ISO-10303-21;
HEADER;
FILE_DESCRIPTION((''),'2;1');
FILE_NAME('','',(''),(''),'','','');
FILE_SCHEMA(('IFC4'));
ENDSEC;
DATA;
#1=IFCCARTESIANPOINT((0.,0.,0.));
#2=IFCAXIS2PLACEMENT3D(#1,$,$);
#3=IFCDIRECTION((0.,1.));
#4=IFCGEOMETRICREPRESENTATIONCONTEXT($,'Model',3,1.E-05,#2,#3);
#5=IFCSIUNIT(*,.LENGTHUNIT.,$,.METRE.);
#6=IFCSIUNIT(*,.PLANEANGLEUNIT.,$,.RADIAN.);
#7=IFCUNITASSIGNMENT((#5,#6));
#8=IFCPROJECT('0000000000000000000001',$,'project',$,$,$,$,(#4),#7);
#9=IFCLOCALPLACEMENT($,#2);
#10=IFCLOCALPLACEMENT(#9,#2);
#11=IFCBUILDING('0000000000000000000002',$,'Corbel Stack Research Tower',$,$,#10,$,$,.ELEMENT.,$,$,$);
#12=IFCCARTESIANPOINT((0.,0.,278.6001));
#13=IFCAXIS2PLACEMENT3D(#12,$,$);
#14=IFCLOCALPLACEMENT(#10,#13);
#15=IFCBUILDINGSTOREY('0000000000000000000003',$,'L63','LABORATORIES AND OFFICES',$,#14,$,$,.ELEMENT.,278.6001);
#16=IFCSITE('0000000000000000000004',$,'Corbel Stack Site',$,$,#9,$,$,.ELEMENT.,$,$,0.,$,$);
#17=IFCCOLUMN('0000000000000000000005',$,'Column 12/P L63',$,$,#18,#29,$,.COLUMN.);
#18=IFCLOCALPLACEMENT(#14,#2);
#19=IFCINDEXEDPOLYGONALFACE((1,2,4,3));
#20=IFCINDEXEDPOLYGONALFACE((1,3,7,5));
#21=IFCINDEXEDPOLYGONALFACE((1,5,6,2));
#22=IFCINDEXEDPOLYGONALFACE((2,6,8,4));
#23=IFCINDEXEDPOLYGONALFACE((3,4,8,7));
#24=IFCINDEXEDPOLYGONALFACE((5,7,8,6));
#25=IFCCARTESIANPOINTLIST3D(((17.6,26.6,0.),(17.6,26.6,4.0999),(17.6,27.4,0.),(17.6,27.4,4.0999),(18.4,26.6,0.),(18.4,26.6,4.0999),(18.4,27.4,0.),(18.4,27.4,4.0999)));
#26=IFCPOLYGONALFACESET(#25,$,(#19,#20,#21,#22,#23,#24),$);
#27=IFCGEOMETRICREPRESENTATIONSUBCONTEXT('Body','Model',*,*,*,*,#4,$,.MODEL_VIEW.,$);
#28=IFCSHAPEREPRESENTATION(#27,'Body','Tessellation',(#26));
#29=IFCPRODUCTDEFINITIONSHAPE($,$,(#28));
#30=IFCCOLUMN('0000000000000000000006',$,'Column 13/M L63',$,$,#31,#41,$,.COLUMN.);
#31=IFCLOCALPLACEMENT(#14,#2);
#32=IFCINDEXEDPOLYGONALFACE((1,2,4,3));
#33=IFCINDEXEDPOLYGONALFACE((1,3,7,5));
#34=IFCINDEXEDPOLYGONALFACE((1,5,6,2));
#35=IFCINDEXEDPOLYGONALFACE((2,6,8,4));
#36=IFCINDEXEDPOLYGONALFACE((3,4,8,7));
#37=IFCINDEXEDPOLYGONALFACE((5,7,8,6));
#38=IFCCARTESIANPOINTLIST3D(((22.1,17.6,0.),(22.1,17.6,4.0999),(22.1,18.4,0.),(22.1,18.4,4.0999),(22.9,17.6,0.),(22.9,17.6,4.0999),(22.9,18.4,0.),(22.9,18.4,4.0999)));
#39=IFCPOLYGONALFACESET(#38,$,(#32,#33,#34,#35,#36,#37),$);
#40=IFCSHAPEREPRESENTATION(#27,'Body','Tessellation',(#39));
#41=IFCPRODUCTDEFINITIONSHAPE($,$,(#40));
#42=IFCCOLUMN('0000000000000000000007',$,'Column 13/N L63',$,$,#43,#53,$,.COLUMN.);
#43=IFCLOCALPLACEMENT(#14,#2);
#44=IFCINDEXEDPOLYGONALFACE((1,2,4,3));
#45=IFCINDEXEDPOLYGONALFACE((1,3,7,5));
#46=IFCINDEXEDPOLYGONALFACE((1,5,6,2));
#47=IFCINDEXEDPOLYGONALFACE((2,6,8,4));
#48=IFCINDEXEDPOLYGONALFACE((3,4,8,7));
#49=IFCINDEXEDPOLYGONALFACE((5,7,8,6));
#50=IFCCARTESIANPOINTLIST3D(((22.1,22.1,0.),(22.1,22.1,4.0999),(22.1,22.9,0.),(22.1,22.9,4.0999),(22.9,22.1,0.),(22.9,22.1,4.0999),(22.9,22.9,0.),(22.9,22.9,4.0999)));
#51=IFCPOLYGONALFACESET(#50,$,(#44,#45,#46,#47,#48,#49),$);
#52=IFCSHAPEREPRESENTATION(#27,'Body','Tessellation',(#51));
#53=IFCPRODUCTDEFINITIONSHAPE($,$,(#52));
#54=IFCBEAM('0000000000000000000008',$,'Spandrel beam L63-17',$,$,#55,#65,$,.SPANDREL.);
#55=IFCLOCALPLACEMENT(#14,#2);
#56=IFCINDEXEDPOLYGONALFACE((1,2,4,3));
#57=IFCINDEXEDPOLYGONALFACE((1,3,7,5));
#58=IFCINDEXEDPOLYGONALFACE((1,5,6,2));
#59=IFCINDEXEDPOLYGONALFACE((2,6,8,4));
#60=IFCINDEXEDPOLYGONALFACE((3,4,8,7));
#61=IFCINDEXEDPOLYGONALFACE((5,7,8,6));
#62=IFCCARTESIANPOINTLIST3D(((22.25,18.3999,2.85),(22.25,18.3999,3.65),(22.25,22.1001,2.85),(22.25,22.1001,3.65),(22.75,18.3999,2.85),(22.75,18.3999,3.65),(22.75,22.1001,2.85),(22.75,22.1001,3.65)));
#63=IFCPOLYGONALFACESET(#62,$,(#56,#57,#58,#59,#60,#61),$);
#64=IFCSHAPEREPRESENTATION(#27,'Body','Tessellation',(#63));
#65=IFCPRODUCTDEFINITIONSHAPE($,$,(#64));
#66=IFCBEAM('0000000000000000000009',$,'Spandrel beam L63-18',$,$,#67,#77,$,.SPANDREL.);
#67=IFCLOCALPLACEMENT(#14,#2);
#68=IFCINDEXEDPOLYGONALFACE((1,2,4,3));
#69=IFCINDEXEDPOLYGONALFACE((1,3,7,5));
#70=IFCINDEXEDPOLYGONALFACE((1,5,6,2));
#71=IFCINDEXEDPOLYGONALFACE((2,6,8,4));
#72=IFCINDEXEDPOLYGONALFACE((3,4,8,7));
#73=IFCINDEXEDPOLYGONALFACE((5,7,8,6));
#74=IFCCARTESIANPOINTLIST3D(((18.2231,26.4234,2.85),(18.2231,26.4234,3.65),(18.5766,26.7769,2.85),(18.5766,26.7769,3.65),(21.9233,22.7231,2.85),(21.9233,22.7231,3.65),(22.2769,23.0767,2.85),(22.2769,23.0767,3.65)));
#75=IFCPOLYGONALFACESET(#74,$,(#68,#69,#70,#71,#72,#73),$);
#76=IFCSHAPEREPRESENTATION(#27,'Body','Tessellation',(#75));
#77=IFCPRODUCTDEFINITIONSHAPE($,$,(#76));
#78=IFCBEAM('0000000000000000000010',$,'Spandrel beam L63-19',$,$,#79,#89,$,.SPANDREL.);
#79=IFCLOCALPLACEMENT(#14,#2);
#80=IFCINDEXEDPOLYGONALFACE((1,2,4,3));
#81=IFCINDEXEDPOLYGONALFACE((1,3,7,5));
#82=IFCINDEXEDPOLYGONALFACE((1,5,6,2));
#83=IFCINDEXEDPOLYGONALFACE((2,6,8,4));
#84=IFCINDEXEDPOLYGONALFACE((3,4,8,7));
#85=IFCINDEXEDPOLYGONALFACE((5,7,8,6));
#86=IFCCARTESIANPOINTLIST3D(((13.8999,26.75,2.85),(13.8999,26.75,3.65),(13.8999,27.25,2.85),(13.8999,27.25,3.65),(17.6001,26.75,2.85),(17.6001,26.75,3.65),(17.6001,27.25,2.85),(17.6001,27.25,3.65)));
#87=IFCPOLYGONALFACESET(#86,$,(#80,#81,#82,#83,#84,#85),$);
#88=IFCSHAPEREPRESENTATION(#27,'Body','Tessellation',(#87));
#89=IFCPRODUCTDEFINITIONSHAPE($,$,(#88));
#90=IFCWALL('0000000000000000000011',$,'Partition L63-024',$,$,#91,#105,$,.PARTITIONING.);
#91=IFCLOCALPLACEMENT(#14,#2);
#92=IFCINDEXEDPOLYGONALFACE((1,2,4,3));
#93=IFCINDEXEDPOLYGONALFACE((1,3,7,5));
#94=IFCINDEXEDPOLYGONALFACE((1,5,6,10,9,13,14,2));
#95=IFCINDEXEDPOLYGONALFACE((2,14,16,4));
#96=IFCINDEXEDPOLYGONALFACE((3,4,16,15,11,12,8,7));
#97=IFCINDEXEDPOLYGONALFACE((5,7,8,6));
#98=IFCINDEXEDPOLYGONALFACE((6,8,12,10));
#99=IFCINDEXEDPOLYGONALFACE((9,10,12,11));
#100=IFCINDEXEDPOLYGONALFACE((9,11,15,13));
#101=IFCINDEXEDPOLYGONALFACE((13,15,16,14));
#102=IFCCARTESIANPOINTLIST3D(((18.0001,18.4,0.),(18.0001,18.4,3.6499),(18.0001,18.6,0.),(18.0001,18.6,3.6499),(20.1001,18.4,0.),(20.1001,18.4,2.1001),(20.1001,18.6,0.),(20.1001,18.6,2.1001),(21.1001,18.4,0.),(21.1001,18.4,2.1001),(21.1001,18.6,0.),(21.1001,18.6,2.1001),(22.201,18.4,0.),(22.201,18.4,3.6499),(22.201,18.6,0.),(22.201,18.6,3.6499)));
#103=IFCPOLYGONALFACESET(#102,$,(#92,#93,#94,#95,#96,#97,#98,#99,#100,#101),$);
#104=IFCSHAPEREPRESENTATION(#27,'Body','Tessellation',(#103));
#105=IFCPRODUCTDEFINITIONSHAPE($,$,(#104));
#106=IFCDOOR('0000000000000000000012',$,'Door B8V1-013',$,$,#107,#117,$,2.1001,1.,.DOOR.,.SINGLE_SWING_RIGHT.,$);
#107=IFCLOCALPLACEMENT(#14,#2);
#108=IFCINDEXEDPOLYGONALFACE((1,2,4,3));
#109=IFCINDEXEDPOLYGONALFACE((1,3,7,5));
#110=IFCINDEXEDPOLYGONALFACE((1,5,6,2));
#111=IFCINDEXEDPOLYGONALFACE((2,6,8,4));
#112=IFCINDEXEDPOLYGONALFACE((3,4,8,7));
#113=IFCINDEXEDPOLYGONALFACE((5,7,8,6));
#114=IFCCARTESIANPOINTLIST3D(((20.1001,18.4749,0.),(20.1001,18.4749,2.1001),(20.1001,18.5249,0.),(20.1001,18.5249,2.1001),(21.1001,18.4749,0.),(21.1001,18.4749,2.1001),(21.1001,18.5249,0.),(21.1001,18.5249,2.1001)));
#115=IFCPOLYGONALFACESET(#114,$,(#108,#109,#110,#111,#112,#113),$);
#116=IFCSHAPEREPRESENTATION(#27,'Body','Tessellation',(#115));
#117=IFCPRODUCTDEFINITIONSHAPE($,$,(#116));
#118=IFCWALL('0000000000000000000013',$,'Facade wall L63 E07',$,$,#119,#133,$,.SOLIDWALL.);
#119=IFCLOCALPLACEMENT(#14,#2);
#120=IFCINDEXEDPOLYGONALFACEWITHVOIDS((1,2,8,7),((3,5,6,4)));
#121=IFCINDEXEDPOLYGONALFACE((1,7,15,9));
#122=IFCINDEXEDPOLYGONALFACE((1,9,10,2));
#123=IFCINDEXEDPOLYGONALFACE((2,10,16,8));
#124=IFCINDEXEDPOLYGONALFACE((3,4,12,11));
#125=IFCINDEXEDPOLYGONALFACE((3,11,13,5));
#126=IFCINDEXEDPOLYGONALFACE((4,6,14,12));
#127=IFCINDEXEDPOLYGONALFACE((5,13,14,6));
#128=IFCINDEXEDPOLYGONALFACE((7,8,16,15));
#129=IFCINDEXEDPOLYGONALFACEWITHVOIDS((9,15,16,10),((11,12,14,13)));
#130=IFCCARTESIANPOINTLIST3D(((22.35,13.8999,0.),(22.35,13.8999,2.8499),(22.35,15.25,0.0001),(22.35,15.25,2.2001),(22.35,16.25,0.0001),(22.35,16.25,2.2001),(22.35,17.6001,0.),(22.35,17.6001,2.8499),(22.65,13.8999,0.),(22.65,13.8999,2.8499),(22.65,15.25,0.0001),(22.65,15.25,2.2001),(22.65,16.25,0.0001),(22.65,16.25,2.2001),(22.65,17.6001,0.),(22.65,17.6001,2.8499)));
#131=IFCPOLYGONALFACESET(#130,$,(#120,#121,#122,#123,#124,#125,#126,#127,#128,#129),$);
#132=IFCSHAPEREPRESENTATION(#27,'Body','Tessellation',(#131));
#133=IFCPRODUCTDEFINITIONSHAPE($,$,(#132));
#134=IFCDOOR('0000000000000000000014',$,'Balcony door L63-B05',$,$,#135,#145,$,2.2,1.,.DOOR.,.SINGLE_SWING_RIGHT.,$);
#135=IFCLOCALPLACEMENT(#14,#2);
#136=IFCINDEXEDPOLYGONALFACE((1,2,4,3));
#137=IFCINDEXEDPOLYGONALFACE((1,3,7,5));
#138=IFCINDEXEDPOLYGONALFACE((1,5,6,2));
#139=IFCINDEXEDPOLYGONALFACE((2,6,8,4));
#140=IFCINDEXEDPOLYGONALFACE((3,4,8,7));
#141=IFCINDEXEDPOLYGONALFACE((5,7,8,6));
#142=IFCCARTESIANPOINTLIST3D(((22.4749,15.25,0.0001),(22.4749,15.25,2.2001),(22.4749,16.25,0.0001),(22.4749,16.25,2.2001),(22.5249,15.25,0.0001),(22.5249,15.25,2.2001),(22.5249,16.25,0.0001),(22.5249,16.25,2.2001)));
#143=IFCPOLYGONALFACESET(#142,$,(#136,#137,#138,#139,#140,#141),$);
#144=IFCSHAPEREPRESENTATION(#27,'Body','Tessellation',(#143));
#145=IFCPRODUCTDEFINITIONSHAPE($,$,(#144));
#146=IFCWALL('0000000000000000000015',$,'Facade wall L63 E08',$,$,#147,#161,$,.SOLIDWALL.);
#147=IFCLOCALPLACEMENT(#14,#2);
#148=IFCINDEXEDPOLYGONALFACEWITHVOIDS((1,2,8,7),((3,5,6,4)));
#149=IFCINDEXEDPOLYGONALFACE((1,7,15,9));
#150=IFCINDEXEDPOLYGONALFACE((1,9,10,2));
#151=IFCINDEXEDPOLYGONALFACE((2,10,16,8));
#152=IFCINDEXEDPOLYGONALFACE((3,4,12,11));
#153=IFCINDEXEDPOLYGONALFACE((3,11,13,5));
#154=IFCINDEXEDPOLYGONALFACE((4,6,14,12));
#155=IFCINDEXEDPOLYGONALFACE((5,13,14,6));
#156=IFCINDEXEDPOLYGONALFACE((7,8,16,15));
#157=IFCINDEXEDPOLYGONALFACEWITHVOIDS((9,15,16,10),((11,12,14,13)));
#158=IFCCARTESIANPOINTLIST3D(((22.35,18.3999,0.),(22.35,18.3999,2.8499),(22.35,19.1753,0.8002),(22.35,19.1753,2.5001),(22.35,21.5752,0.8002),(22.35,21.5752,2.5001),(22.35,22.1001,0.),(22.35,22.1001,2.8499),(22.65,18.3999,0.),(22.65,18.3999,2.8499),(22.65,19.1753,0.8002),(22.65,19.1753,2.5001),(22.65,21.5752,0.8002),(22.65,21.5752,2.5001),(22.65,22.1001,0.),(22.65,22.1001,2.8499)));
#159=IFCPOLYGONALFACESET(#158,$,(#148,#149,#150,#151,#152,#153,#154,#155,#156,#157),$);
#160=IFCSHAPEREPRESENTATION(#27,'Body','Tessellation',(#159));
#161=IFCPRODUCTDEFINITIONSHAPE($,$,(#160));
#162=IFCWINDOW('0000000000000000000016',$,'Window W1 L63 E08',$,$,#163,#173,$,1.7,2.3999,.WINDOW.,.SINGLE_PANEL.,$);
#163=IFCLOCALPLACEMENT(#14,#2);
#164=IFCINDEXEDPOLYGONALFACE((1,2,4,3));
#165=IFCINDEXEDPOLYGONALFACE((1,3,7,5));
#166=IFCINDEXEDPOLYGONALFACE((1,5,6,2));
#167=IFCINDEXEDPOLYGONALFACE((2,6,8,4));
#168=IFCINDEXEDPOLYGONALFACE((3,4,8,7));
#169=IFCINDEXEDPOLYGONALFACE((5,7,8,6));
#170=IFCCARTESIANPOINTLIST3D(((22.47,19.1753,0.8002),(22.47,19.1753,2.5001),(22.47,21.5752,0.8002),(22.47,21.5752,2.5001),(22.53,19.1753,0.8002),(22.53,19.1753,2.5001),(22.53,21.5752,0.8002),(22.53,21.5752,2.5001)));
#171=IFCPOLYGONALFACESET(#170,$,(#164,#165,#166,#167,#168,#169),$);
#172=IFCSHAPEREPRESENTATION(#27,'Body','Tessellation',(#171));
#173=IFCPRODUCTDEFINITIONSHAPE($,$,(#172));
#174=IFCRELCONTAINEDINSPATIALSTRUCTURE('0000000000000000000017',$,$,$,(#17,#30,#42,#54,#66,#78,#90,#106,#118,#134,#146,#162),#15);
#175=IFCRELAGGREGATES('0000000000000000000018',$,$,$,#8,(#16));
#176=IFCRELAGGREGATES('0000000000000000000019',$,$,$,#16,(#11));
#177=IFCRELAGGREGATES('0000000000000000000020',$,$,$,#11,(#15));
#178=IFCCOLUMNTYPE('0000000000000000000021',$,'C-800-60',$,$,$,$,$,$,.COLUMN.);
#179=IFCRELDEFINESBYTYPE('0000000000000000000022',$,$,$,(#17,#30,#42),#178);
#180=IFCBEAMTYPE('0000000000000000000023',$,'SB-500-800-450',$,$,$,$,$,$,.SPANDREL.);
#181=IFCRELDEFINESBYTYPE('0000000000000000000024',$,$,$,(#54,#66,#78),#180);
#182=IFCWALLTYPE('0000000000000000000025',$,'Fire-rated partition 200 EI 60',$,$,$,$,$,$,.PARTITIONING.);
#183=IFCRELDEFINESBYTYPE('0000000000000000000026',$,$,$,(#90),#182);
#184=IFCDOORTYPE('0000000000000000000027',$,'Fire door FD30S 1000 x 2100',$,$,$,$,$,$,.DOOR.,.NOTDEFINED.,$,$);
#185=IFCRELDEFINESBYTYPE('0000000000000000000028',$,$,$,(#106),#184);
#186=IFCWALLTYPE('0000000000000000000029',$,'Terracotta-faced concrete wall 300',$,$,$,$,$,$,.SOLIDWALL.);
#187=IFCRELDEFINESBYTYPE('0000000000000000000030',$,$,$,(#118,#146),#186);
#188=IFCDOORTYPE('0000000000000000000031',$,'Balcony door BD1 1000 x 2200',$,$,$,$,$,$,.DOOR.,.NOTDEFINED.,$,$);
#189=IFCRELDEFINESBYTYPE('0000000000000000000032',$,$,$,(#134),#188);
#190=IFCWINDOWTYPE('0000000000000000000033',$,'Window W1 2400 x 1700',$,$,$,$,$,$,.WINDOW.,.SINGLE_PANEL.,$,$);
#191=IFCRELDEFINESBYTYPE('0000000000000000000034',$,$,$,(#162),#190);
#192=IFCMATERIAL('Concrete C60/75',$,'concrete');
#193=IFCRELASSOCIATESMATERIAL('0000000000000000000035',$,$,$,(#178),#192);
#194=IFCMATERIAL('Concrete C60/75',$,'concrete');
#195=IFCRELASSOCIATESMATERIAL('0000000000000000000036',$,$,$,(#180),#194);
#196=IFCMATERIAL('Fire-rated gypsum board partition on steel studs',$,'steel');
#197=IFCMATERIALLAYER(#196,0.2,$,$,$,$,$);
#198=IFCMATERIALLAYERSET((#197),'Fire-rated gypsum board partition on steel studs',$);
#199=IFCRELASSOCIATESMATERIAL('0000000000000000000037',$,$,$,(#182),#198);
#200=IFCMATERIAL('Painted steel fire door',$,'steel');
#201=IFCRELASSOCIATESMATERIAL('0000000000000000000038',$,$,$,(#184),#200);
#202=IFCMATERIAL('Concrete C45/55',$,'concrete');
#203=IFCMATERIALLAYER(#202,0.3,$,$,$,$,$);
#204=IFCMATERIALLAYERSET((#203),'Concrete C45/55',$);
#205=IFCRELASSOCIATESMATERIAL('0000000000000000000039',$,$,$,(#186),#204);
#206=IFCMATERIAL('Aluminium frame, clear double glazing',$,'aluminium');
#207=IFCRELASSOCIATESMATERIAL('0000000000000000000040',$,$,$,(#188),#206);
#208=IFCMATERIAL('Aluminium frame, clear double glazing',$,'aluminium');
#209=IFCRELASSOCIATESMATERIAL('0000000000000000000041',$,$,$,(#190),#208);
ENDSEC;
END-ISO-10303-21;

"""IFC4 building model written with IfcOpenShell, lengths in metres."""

from ifc_helpers import new_model, si_unit, direction, frame, frame_2d, origin, origin_2d, place, context, subcontext, project, spatial, rectangle, extrude, material, layer, layer_set, material_profile, profile_set, type_object, element, fill, save


model = new_model("IFC4")

# Units and contexts
model_context = context("Model", 3, precision=1e-05, world=origin(), true_north=direction((0.0, 1.0)))
body_context = subcontext(model_context, "Body", "Model", "MODEL_VIEW")
ifc_project = project(units=[si_unit("LENGTHUNIT", "METRE"), si_unit("PLANEANGLEUNIT", "RADIAN")], contexts=[model_context])

# Site, building, storey
site_placement = place(None, origin())
site = spatial("IfcSite", under=ifc_project, at=site_placement, Name="Corbel Stack Site", CompositionType="ELEMENT", RefElevation=0.0)
building_placement = place(site_placement, origin())
building = spatial("IfcBuilding", under=site, at=building_placement, Name="Corbel Stack Research Tower", CompositionType="ELEMENT")
storey_placement = place(building_placement, frame((0.0, 0.0, 278.6001)))
storey = spatial("IfcBuildingStorey", under=building, at=storey_placement, Name="L63", Description="LABORATORIES AND OFFICES", CompositionType="ELEMENT", Elevation=278.6001)

# Columns
ifc_material_1 = material(Name="Concrete C60/75", Category="concrete")
ifc_material_profile_1 = material_profile(ifc_material_1, rectangle(XDim=0.8, YDim=0.8, at=origin_2d()), Name="RC 800 x 800")
ifc_profile_set_1 = profile_set([ifc_material_profile_1], Name="Concrete C60/75")
column_type = type_object("IfcColumnType", Name="C-800-60", PredefinedType="COLUMN", material=ifc_profile_set_1)
for number, where, z_axis, x_axis, name in (
    (1, (18.0, 27.0, 0.0), (0.0, 0.0, 1.0), (1.0, 0.0, 0.0), "Column 12/P L63"),
    (2, (22.5, 18.0, 0.0), (0.0, 0.0, 1.0), (1.0, 0.0, 0.0), "Column 13/M L63"),
    (3, (22.5, 22.5, 0.0), (0.0, 0.0, 1.0), (1.0, 0.0, 0.0), "Column 13/N L63"),
):
    element("IfcColumn", number, at=place(storey_placement, frame(where, z_axis=z_axis, x_axis=x_axis)), inside=storey, type_object=column_type, Name=name, PredefinedType="COLUMN", context=body_context, shape_type="SweptSolid", body=[
        extrude(rectangle(XDim=0.8, YDim=0.8, at=origin_2d()), origin(), (0.0, 0.0, 1.0), 4.0999),
    ])

# Beams
ifc_material_2 = material(Name="Concrete C60/75", Category="concrete")
ifc_material_profile_2 = material_profile(ifc_material_2, rectangle(XDim=0.5, YDim=0.8, at=origin_2d()), Name="RC 500 x 800")
ifc_profile_set_2 = profile_set([ifc_material_profile_2], Name="Concrete C60/75")
beam_type = type_object("IfcBeamType", Name="SB-500-800-450", PredefinedType="SPANDREL", material=ifc_profile_set_2)
beam_1_placement = place(storey_placement, frame((22.5, 18.3999, 3.25), z_axis=(0.0, 1.0, 0.0), x_axis=(-1.0, 0.0, 0.0)))
element("IfcBeam", 4, at=beam_1_placement, inside=storey, type_object=beam_type, Name="Spandrel beam L63-17", PredefinedType="SPANDREL", context=body_context, shape_type="SweptSolid", body=[
    extrude(rectangle(XDim=0.5, YDim=0.8, at=origin_2d()), origin(), (0.0, 0.0, 1.0), 3.7002),
])
beam_2_placement = place(storey_placement, frame((22.1001, 22.8999, 3.25), z_axis=(-0.707107, 0.707107, 0.0), x_axis=(-0.707107, -0.707107, 0.0)))
element("IfcBeam", 5, at=beam_2_placement, inside=storey, type_object=beam_type, Name="Spandrel beam L63-18", PredefinedType="SPANDREL", context=body_context, shape_type="SweptSolid", body=[
    extrude(rectangle(XDim=0.5, YDim=0.8, at=origin_2d()), origin(), (0.0, 0.0, 1.0), 5.2329),
])
beam_3_placement = place(storey_placement, frame((17.6001, 27.0, 3.25), z_axis=(-1.0, 0.0, 0.0), x_axis=(0.0, -1.0, 0.0)))
element("IfcBeam", 6, at=beam_3_placement, inside=storey, type_object=beam_type, Name="Spandrel beam L63-19", PredefinedType="SPANDREL", context=body_context, shape_type="SweptSolid", body=[
    extrude(rectangle(XDim=0.5, YDim=0.8, at=origin_2d()), origin(), (0.0, 0.0, 1.0), 3.7002),
])

# Walls, openings, doors
ifc_material_3 = material(Name="Fire-rated gypsum board partition on steel studs", Category="steel")
ifc_layer_1 = layer(ifc_material_3, 0.2)
ifc_layer_set_1 = layer_set([ifc_layer_1], Name="Fire-rated gypsum board partition on steel studs")
wall_type_1 = type_object("IfcWallType", Name="Fire-rated partition 200 EI 60", PredefinedType="PARTITIONING", material=ifc_layer_set_1)
wall_1_placement = place(storey_placement, frame((18.0, 18.5, 0.0), z_axis=(0.0, 0.0, 1.0), x_axis=(1.0, 0.0, 0.0)))
wall_1 = element("IfcWall", 7, at=wall_1_placement, inside=storey, type_object=wall_type_1, Name="Partition L63-024", PredefinedType="PARTITIONING", context=body_context, shape_type="SweptSolid", body=[
    extrude(rectangle(XDim=4.2009, YDim=0.2, at=frame_2d((2.1006, 0.0))), origin(), (0.0, 0.0, 1.0), 3.6499),
])
opening_1_placement = place(wall_1_placement, frame((2.1001, 0.0, 0.0)))
opening_1 = element("IfcOpeningElement", 8, at=opening_1_placement, cuts=wall_1, PredefinedType="OPENING", context=body_context, shape_type="SweptSolid", body=[
    extrude(rectangle(XDim=1.0, YDim=2.1001, at=frame_2d((0.5, 1.05))), frame((0.0, 0.1099, 0.0), z_axis=(0.0, -1.0, 0.0), x_axis=(1.0, 0.0, 0.0)), (0.0, 0.0, 1.0), 0.22),
])
ifc_material_4 = material(Name="Painted steel fire door", Category="steel")
door_type_1 = type_object("IfcDoorType", Name="Fire door FD30S 1000 x 2100", OperationType="NOTDEFINED", PredefinedType="DOOR", material=ifc_material_4)
door_1_placement = place(opening_1_placement, origin())
door_1 = element("IfcDoor", 9, at=door_1_placement, inside=storey, type_object=door_type_1, Name="Door B8V1-013", OperationType="SINGLE_SWING_RIGHT", OverallHeight=2.1001, OverallWidth=1.0, PredefinedType="DOOR", context=body_context, shape_type="SweptSolid", body=[
    extrude(rectangle(XDim=1.0, YDim=2.1001, at=frame_2d((0.5, 1.05))), frame((0.0, 0.0249, 0.0), z_axis=(0.0, -1.0, 0.0), x_axis=(1.0, 0.0, 0.0)), (0.0, 0.0, 1.0), 0.05),
])
fill(opening_1, door_1)
ifc_material_5 = material(Name="Concrete C45/55", Category="concrete")
ifc_layer_2 = layer(ifc_material_5, 0.3)
ifc_layer_set_2 = layer_set([ifc_layer_2], Name="Concrete C45/55")
wall_type_2 = type_object("IfcWallType", Name="Terracotta-faced concrete wall 300", PredefinedType="SOLIDWALL", material=ifc_layer_set_2)
wall_2_placement = place(storey_placement, frame((22.5, 17.6001, 0.0), z_axis=(0.0, 0.0, 1.0), x_axis=(0.0, -1.0, 0.0)))
wall_2 = element("IfcWall", 10, at=wall_2_placement, inside=storey, type_object=wall_type_2, Name="Facade wall L63 E07", PredefinedType="SOLIDWALL", context=body_context, shape_type="SweptSolid", body=[
    extrude(rectangle(XDim=3.7002, YDim=0.3, at=frame_2d((1.8501, 0.0))), origin(), (0.0, 0.0, 1.0), 2.8499),
])
opening_2_placement = place(wall_2_placement, frame((1.3501, 0.0, 0.0)))
opening_2 = element("IfcOpeningElement", 11, at=opening_2_placement, cuts=wall_2, PredefinedType="OPENING", context=body_context, shape_type="SweptSolid", body=[
    extrude(rectangle(XDim=1.0, YDim=2.2, at=frame_2d((0.5, 1.1001))), frame((0.0, 0.1599, 0.0), z_axis=(0.0, -1.0, 0.0), x_axis=(1.0, 0.0, 0.0)), (0.0, 0.0, 1.0), 0.3201),
])
ifc_material_6 = material(Name="Aluminium frame, clear double glazing", Category="aluminium")
door_type_2 = type_object("IfcDoorType", Name="Balcony door BD1 1000 x 2200", OperationType="NOTDEFINED", PredefinedType="DOOR", material=ifc_material_6)
door_2_placement = place(opening_2_placement, origin())
door_2 = element("IfcDoor", 12, at=door_2_placement, inside=storey, type_object=door_type_2, Name="Balcony door L63-B05", OperationType="SINGLE_SWING_RIGHT", OverallHeight=2.2, OverallWidth=1.0, PredefinedType="DOOR", context=body_context, shape_type="SweptSolid", body=[
    extrude(rectangle(XDim=1.0, YDim=2.2, at=frame_2d((0.5, 1.1001))), frame((0.0, 0.0249, 0.0), z_axis=(0.0, -1.0, 0.0), x_axis=(1.0, 0.0, 0.0)), (0.0, 0.0, 1.0), 0.05),
])
fill(opening_2, door_2)

# Wall, opening, window
wall_3_placement = place(storey_placement, frame((22.5, 22.1001, 0.0), z_axis=(0.0, 0.0, 1.0), x_axis=(0.0, -1.0, 0.0)))
wall_3 = element("IfcWall", 13, at=wall_3_placement, inside=storey, type_object=wall_type_2, Name="Facade wall L63 E08", PredefinedType="SOLIDWALL", context=body_context, shape_type="SweptSolid", body=[
    extrude(rectangle(XDim=3.7002, YDim=0.3, at=frame_2d((1.8501, 0.0))), origin(), (0.0, 0.0, 1.0), 2.8499),
])
opening_3_placement = place(wall_3_placement, frame((0.5249, 0.0, 0.8)))
opening_3 = element("IfcOpeningElement", 14, at=opening_3_placement, cuts=wall_3, PredefinedType="OPENING", context=body_context, shape_type="SweptSolid", body=[
    extrude(rectangle(XDim=2.3999, YDim=1.7, at=frame_2d((1.2, 0.8501))), frame((0.0, 0.1599, 0.0), z_axis=(0.0, -1.0, 0.0), x_axis=(1.0, 0.0, 0.0)), (0.0, 0.0, 1.0), 0.3201),
])
ifc_material_7 = material(Name="Aluminium frame, clear double glazing", Category="aluminium")
window_type = type_object("IfcWindowType", Name="Window W1 2400 x 1700", PartitioningType="SINGLE_PANEL", PredefinedType="WINDOW", material=ifc_material_7)
window_1_placement = place(opening_3_placement, origin())
window_1 = element("IfcWindow", 15, at=window_1_placement, inside=storey, type_object=window_type, Name="Window W1 L63 E08", OverallHeight=1.7, OverallWidth=2.3999, PartitioningType="SINGLE_PANEL", PredefinedType="WINDOW", context=body_context, shape_type="SweptSolid", body=[
    extrude(rectangle(XDim=2.3999, YDim=1.7, at=frame_2d((1.2, 0.8501))), frame((0.0, 0.03, 0.0), z_axis=(0.0, -1.0, 0.0), x_axis=(1.0, 0.0, 0.0)), (0.0, 0.0, 1.0), 0.0601),
])
fill(opening_3, window_1)

save(model, "model.ifc")
